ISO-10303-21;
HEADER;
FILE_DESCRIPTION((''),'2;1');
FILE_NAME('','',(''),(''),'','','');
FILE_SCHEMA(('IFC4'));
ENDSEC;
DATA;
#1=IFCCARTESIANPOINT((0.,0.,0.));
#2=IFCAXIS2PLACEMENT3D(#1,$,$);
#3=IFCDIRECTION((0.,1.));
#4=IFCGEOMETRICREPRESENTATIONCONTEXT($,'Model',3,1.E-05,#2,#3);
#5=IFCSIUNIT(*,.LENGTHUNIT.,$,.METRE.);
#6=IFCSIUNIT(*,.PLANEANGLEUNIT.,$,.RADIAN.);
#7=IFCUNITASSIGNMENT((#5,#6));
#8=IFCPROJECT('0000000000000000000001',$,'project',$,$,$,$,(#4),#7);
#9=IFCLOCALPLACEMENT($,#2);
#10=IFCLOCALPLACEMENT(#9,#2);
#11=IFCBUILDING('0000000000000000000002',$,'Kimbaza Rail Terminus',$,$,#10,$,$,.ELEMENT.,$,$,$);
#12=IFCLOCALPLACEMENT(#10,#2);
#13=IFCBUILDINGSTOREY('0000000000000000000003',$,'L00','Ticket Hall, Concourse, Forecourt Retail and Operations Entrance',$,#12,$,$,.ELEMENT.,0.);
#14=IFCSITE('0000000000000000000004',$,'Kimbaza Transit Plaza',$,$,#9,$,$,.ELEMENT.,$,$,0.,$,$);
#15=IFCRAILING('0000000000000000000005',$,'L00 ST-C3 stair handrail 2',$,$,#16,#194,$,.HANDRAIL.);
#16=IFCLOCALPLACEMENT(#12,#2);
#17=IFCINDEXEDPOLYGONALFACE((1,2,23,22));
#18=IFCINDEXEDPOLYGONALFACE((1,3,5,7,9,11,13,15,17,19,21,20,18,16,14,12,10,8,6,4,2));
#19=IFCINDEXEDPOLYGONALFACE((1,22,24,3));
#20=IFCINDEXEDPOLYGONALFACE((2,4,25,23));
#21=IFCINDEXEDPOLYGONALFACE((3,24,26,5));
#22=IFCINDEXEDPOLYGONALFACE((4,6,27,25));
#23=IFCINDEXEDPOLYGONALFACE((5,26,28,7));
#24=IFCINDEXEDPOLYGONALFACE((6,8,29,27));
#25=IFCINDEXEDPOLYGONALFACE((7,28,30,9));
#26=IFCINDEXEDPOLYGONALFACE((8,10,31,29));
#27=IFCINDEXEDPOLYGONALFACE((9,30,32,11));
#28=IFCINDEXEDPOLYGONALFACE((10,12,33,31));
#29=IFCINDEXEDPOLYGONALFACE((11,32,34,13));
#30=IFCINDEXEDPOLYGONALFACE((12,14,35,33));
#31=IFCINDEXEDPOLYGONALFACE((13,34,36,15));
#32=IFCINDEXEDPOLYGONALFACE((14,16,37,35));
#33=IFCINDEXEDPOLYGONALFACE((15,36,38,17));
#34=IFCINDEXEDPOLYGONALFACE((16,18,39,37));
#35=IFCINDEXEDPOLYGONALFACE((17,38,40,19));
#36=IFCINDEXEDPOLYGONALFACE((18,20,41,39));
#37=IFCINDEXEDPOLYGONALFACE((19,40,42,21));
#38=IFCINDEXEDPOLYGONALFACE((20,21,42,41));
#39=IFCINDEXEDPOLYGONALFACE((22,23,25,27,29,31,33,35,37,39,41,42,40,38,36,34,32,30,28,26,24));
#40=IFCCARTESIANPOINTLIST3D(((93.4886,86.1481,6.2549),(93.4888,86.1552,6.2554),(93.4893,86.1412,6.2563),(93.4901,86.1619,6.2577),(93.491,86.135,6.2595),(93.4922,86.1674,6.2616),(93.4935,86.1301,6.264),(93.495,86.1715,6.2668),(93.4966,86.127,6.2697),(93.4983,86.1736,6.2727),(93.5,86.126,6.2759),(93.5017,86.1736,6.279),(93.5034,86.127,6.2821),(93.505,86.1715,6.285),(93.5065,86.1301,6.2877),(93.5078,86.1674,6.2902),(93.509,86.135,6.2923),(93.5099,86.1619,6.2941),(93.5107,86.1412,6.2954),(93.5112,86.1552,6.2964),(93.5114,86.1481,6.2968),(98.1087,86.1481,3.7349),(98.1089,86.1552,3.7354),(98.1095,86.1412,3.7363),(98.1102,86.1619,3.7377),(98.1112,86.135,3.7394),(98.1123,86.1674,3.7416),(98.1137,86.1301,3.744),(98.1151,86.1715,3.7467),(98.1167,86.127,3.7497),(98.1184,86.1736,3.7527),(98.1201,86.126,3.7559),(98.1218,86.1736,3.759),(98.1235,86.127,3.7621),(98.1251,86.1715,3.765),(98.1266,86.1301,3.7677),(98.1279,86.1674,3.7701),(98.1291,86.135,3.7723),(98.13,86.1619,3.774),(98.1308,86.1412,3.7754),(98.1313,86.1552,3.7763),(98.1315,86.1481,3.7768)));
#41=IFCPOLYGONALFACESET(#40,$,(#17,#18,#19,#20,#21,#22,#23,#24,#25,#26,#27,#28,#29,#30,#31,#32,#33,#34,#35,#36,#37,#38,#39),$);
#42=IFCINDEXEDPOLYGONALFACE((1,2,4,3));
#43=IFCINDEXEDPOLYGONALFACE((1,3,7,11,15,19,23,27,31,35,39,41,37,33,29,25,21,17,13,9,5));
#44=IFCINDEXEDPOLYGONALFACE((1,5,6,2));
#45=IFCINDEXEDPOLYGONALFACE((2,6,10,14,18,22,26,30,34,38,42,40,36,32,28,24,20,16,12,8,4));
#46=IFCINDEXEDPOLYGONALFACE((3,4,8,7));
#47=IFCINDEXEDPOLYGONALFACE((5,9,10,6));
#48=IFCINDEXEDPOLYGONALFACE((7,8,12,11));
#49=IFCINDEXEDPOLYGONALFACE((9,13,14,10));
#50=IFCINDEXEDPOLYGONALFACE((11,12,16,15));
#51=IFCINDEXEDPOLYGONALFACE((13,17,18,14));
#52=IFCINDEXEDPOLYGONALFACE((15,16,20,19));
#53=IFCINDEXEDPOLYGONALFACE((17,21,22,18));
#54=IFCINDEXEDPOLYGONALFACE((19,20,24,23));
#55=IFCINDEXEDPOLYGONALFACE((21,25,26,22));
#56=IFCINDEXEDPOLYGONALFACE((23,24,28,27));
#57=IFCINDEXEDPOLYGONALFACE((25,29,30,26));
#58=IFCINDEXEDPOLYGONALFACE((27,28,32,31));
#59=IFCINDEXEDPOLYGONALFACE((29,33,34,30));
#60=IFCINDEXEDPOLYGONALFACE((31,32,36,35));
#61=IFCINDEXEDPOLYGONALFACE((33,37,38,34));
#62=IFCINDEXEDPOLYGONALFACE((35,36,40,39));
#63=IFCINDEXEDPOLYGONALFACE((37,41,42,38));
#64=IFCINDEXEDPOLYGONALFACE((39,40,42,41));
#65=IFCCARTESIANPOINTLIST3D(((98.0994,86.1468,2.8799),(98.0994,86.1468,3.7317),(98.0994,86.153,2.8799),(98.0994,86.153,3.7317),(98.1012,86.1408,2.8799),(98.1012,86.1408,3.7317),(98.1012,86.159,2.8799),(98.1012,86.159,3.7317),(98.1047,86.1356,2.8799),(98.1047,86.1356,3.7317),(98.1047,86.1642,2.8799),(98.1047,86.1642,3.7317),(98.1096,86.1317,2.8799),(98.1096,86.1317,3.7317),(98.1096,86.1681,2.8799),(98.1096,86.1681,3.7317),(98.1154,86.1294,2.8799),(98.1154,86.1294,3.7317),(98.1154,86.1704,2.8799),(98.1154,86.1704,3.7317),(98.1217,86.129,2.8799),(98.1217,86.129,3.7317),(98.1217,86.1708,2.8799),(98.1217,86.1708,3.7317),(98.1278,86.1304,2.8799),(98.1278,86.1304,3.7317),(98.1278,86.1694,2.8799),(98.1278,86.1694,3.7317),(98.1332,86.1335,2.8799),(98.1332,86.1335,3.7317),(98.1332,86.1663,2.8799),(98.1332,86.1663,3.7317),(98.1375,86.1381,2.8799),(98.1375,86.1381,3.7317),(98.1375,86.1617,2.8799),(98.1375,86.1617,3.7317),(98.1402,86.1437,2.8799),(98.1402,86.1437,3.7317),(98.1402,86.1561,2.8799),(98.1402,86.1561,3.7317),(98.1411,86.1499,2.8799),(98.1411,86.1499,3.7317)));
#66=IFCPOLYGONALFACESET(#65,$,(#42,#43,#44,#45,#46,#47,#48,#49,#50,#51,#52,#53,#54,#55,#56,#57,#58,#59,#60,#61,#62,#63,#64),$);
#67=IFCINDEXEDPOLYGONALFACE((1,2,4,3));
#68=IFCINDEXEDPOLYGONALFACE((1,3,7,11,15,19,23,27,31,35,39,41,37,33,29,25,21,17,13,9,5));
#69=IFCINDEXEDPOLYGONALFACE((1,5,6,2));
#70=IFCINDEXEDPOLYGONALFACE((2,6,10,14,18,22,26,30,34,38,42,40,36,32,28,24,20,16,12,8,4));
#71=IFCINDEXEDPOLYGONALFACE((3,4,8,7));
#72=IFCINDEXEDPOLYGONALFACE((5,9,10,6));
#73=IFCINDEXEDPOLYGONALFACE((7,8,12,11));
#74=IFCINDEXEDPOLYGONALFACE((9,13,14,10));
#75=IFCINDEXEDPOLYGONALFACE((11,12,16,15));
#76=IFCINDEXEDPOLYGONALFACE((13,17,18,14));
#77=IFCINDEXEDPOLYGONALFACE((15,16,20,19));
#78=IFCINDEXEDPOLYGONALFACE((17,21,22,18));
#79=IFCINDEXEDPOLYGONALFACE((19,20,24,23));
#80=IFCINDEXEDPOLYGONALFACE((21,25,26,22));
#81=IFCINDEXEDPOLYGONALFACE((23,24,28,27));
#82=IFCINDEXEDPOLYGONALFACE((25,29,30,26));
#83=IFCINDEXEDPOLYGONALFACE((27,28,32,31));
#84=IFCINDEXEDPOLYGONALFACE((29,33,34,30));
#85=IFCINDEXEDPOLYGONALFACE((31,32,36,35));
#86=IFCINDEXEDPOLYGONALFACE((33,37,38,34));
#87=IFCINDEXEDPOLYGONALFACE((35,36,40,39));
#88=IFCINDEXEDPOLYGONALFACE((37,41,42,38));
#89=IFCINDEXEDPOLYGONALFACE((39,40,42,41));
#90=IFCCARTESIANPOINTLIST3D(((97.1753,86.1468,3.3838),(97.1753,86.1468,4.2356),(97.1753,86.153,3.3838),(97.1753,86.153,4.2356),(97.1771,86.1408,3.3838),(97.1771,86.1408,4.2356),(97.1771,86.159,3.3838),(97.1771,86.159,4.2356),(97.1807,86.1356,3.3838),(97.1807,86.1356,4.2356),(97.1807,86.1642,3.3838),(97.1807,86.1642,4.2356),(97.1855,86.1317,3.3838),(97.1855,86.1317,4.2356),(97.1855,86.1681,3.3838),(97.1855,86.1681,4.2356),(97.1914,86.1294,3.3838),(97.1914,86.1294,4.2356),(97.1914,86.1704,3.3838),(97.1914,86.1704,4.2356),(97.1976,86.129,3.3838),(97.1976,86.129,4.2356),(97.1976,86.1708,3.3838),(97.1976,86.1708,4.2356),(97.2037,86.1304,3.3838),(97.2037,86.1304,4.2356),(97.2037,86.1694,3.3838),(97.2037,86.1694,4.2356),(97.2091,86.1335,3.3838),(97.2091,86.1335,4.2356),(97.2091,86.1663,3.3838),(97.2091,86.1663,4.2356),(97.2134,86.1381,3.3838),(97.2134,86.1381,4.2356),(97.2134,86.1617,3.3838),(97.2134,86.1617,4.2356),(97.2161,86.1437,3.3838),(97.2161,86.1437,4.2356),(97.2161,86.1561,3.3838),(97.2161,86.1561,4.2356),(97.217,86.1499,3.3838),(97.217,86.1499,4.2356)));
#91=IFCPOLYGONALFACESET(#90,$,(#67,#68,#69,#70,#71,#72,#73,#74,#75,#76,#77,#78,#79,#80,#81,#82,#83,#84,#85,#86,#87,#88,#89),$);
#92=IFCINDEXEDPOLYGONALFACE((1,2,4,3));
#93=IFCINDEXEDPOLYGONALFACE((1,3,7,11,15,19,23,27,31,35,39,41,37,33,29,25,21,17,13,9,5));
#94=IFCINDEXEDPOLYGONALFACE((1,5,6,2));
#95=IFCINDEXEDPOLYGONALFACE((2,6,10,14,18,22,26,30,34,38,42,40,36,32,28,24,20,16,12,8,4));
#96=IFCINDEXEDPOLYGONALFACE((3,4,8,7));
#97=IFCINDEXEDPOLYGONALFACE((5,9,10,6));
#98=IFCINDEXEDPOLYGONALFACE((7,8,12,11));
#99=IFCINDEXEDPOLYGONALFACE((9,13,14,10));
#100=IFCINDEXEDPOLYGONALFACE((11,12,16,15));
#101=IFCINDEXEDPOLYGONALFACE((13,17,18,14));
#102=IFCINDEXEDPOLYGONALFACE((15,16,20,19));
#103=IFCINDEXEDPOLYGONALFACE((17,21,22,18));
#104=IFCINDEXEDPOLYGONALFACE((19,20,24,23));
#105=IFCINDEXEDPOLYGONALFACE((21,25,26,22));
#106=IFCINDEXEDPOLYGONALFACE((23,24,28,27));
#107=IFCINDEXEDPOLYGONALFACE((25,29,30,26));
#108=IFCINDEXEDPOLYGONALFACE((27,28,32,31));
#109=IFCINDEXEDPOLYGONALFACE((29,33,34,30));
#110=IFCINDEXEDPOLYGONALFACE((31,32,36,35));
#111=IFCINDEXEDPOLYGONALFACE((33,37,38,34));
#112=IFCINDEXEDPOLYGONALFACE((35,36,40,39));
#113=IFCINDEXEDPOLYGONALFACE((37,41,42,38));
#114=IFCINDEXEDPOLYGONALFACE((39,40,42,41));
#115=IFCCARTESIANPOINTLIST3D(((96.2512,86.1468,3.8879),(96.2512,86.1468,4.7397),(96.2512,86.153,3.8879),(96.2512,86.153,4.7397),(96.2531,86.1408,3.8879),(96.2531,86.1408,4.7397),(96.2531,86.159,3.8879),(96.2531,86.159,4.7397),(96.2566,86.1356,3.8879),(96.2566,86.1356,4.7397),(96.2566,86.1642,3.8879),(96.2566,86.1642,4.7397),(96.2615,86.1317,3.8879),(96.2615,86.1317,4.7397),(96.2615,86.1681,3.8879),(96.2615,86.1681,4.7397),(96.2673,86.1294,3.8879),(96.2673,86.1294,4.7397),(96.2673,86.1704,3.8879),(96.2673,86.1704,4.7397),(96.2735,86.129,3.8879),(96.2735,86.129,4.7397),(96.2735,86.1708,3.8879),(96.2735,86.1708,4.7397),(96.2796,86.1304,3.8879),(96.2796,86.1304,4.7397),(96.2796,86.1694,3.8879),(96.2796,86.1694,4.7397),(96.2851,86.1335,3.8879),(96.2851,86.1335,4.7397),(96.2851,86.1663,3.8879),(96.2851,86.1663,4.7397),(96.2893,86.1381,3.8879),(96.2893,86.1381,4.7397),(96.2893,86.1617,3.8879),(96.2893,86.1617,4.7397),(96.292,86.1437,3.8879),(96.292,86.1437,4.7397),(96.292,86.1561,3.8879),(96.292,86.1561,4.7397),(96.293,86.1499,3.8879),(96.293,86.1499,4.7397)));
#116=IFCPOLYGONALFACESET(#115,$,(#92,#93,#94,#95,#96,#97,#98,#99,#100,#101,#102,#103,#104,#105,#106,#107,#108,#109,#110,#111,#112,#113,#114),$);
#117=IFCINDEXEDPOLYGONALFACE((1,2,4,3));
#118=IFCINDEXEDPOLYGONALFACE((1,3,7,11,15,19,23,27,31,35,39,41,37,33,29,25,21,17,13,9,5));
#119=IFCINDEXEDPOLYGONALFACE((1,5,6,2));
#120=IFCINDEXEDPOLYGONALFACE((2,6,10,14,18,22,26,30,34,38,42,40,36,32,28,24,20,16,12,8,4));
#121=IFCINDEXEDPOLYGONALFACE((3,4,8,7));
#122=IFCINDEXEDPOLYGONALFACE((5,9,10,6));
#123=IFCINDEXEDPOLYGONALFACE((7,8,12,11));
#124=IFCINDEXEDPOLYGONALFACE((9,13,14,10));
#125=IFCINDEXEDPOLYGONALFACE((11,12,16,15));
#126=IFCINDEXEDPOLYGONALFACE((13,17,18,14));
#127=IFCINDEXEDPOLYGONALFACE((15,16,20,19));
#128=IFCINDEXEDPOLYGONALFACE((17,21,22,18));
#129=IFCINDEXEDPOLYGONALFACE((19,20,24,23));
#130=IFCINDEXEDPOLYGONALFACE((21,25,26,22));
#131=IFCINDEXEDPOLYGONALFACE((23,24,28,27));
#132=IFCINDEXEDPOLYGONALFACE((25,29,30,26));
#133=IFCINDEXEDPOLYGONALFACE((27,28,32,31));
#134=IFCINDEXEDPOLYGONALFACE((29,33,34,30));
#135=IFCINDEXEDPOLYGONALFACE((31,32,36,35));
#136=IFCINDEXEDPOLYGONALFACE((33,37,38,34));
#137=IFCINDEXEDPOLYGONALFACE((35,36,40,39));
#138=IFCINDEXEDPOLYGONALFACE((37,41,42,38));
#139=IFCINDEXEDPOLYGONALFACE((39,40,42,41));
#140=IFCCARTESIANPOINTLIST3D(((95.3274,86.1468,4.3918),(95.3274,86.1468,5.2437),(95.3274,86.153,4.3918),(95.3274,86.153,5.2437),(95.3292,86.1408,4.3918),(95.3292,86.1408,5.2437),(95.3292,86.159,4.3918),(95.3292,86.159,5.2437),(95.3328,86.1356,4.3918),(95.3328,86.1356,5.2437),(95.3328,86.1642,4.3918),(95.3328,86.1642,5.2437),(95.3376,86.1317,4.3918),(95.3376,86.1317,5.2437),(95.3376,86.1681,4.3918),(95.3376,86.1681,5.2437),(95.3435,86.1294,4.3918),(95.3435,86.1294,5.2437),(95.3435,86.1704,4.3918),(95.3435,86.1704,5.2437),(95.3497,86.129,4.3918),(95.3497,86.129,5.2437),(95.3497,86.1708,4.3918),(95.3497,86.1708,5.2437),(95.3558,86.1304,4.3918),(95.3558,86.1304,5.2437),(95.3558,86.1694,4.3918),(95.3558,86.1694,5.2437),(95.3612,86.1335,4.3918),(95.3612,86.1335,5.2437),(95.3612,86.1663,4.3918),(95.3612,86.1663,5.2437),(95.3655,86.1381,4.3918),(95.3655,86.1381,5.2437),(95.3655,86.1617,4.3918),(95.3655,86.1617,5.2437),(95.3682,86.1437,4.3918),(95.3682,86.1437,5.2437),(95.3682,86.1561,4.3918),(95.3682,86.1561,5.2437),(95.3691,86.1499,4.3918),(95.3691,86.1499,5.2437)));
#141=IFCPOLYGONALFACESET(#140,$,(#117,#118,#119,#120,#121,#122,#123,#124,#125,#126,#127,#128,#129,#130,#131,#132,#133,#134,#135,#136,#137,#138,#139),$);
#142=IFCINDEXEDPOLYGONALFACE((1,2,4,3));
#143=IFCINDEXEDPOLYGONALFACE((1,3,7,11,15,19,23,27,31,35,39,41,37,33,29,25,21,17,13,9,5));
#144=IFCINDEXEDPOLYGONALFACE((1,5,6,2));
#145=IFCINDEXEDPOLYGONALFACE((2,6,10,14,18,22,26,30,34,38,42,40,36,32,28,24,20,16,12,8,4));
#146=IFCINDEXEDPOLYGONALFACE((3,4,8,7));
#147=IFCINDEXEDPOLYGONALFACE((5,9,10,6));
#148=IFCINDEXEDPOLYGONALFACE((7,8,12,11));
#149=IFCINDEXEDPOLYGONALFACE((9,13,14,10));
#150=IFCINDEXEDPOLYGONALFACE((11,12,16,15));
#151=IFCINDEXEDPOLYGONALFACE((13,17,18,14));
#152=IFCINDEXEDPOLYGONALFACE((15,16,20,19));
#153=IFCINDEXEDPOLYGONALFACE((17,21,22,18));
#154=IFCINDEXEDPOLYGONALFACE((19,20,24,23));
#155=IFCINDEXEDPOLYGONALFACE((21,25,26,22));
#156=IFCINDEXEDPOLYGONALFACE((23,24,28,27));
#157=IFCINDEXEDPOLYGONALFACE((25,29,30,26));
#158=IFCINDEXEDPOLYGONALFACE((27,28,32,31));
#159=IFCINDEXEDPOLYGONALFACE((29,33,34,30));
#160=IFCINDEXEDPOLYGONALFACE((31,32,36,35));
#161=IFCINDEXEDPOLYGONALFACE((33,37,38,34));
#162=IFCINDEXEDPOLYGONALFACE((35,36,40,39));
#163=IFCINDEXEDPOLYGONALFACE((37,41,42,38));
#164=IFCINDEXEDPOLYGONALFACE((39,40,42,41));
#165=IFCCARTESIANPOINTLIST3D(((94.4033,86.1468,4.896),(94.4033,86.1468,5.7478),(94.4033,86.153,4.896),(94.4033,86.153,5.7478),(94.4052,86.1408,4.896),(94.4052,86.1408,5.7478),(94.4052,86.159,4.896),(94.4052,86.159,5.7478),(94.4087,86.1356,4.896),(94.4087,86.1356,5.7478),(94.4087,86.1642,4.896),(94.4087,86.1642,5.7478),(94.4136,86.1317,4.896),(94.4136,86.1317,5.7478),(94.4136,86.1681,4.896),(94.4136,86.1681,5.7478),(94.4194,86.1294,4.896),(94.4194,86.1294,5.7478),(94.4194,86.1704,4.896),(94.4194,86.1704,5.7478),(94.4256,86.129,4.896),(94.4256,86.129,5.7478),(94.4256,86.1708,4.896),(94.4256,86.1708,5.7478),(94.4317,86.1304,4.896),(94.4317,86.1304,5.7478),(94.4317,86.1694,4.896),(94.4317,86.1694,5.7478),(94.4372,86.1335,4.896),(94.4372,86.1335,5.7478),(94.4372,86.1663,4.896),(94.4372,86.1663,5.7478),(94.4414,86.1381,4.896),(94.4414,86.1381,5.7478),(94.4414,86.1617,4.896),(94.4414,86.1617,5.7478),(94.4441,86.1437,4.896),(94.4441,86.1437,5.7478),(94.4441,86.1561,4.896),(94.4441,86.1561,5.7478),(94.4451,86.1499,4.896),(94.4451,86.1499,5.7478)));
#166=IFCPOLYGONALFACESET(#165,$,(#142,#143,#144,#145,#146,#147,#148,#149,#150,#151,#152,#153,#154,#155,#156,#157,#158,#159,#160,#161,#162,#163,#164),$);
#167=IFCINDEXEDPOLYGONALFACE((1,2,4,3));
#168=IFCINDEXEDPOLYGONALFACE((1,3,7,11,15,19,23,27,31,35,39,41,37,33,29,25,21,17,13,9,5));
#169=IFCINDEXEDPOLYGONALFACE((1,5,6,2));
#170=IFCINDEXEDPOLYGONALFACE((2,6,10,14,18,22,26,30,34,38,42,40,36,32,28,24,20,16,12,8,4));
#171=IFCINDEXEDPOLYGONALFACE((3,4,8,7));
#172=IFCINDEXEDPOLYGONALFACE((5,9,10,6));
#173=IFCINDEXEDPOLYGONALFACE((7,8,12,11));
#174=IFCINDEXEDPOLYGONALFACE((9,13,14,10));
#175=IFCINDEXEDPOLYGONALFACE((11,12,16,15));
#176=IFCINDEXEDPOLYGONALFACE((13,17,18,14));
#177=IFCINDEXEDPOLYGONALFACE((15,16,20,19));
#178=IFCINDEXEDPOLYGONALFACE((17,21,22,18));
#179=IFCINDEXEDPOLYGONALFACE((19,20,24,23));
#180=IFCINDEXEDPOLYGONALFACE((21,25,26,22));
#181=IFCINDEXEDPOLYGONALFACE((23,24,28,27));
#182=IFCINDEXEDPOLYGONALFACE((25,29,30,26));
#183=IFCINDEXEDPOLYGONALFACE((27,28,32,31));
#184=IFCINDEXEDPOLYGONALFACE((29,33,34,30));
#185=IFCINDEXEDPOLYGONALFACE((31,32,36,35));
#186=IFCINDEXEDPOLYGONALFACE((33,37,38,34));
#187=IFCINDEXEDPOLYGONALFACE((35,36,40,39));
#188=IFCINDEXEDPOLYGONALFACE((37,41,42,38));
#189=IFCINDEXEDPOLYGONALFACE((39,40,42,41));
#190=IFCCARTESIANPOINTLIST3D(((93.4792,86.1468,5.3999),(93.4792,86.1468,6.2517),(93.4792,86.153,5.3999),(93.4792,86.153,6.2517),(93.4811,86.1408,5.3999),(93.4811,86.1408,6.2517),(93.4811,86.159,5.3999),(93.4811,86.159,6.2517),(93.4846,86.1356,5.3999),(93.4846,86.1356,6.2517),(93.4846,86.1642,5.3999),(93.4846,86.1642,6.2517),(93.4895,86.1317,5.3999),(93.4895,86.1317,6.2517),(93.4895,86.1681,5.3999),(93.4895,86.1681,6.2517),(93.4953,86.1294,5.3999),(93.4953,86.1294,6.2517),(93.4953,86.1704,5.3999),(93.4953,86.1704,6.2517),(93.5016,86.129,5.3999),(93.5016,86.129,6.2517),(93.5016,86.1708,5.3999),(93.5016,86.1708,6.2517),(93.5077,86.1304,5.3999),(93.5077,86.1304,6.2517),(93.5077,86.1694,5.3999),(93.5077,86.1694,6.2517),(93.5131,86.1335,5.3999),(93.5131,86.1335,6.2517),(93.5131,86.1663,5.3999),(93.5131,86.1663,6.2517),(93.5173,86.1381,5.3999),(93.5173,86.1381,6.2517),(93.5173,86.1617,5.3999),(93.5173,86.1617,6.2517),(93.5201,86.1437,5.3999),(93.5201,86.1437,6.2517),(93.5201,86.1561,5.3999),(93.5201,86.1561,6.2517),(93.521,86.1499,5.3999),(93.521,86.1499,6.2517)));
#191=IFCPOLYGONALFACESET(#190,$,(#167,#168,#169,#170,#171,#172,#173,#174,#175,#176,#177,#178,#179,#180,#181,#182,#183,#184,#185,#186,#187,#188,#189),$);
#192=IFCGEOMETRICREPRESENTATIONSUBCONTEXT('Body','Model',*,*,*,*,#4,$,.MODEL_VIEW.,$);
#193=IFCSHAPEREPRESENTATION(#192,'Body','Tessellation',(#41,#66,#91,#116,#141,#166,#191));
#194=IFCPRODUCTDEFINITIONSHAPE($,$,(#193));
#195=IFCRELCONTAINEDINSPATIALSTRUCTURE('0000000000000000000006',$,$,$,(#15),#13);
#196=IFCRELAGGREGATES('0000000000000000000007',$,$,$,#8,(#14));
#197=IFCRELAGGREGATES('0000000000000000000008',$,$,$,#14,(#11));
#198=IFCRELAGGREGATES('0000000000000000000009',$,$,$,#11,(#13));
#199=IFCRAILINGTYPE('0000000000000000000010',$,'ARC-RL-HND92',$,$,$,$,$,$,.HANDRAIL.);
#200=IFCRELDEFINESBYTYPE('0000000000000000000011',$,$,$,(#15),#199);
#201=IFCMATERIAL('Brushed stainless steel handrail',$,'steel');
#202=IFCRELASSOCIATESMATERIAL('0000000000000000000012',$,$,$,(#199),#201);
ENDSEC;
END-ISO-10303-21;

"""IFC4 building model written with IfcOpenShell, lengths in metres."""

from ifc_helpers import new_model, si_unit, direction, frame, origin, origin_2d, place, context, subcontext, project, spatial, circle, extrude, material, type_object, element, save


model = new_model("IFC4")

# Units and contexts
model_context = context("Model", 3, precision=1e-05, world=origin(), true_north=direction((0.0, 1.0)))
body_context = subcontext(model_context, "Body", "Model", "MODEL_VIEW")
ifc_project = project(units=[si_unit("LENGTHUNIT", "METRE"), si_unit("PLANEANGLEUNIT", "RADIAN")], contexts=[model_context])

# Site, building, storey
site_placement = place(None, origin())
site = spatial("IfcSite", under=ifc_project, at=site_placement, Name="Kimbaza Transit Plaza", CompositionType="ELEMENT", RefElevation=0.0)
building_placement = place(site_placement, origin())
building = spatial("IfcBuilding", under=site, at=building_placement, Name="Kimbaza Rail Terminus", CompositionType="ELEMENT")
storey_placement = place(building_placement, origin())
storey = spatial("IfcBuildingStorey", under=building, at=storey_placement, Name="L00", Description="Ticket Hall, Concourse, Forecourt Retail and Operations Entrance", CompositionType="ELEMENT", Elevation=0.0)

# Railing
ifc_material_1 = material(Name="Brushed stainless steel handrail", Category="steel")
railing_type_1 = type_object("IfcRailingType", Name="ARC-RL-HND92", PredefinedType="HANDRAIL", material=ifc_material_1)
railing_1_placement = place(storey_placement, frame((98.1201, 86.1499, 2.8799)))
element("IfcRailing", 1, at=railing_1_placement, inside=storey, type_object=railing_type_1, Name="L00 ST-C3 stair handrail 2", PredefinedType="HANDRAIL", context=body_context, shape_type="SweptSolid", body=[
    extrude(circle(Radius=0.0239, at=origin_2d()), frame((0.0, 0.0, 0.876), z_axis=(-0.877899, 0.0, 0.478846), x_axis=(0.0, -1.0, 0.0)), (0.0, 0.0, 1.0), 5.2627),
    extrude(circle(Radius=0.021, at=origin_2d()), origin(), (0.0, 0.0, 1.0), 0.8518),
    extrude(circle(Radius=0.021, at=origin_2d()), frame((-0.9241, 0.0, 0.5039)), (0.0, 0.0, 1.0), 0.8518),
    extrude(circle(Radius=0.021, at=origin_2d()), frame((-1.8481, 0.0, 1.0081)), (0.0, 0.0, 1.0), 0.8518),
    extrude(circle(Radius=0.021, at=origin_2d()), frame((-2.772, 0.0, 1.512)), (0.0, 0.0, 1.0), 0.8518),
    extrude(circle(Radius=0.021, at=origin_2d()), frame((-3.696, 0.0, 2.0161)), (0.0, 0.0, 1.0), 0.8518),
    extrude(circle(Radius=0.021, at=origin_2d()), frame((-4.6201, 0.0, 2.52)), (0.0, 0.0, 1.0), 0.8518),
])

save(model, "model.ifc")
